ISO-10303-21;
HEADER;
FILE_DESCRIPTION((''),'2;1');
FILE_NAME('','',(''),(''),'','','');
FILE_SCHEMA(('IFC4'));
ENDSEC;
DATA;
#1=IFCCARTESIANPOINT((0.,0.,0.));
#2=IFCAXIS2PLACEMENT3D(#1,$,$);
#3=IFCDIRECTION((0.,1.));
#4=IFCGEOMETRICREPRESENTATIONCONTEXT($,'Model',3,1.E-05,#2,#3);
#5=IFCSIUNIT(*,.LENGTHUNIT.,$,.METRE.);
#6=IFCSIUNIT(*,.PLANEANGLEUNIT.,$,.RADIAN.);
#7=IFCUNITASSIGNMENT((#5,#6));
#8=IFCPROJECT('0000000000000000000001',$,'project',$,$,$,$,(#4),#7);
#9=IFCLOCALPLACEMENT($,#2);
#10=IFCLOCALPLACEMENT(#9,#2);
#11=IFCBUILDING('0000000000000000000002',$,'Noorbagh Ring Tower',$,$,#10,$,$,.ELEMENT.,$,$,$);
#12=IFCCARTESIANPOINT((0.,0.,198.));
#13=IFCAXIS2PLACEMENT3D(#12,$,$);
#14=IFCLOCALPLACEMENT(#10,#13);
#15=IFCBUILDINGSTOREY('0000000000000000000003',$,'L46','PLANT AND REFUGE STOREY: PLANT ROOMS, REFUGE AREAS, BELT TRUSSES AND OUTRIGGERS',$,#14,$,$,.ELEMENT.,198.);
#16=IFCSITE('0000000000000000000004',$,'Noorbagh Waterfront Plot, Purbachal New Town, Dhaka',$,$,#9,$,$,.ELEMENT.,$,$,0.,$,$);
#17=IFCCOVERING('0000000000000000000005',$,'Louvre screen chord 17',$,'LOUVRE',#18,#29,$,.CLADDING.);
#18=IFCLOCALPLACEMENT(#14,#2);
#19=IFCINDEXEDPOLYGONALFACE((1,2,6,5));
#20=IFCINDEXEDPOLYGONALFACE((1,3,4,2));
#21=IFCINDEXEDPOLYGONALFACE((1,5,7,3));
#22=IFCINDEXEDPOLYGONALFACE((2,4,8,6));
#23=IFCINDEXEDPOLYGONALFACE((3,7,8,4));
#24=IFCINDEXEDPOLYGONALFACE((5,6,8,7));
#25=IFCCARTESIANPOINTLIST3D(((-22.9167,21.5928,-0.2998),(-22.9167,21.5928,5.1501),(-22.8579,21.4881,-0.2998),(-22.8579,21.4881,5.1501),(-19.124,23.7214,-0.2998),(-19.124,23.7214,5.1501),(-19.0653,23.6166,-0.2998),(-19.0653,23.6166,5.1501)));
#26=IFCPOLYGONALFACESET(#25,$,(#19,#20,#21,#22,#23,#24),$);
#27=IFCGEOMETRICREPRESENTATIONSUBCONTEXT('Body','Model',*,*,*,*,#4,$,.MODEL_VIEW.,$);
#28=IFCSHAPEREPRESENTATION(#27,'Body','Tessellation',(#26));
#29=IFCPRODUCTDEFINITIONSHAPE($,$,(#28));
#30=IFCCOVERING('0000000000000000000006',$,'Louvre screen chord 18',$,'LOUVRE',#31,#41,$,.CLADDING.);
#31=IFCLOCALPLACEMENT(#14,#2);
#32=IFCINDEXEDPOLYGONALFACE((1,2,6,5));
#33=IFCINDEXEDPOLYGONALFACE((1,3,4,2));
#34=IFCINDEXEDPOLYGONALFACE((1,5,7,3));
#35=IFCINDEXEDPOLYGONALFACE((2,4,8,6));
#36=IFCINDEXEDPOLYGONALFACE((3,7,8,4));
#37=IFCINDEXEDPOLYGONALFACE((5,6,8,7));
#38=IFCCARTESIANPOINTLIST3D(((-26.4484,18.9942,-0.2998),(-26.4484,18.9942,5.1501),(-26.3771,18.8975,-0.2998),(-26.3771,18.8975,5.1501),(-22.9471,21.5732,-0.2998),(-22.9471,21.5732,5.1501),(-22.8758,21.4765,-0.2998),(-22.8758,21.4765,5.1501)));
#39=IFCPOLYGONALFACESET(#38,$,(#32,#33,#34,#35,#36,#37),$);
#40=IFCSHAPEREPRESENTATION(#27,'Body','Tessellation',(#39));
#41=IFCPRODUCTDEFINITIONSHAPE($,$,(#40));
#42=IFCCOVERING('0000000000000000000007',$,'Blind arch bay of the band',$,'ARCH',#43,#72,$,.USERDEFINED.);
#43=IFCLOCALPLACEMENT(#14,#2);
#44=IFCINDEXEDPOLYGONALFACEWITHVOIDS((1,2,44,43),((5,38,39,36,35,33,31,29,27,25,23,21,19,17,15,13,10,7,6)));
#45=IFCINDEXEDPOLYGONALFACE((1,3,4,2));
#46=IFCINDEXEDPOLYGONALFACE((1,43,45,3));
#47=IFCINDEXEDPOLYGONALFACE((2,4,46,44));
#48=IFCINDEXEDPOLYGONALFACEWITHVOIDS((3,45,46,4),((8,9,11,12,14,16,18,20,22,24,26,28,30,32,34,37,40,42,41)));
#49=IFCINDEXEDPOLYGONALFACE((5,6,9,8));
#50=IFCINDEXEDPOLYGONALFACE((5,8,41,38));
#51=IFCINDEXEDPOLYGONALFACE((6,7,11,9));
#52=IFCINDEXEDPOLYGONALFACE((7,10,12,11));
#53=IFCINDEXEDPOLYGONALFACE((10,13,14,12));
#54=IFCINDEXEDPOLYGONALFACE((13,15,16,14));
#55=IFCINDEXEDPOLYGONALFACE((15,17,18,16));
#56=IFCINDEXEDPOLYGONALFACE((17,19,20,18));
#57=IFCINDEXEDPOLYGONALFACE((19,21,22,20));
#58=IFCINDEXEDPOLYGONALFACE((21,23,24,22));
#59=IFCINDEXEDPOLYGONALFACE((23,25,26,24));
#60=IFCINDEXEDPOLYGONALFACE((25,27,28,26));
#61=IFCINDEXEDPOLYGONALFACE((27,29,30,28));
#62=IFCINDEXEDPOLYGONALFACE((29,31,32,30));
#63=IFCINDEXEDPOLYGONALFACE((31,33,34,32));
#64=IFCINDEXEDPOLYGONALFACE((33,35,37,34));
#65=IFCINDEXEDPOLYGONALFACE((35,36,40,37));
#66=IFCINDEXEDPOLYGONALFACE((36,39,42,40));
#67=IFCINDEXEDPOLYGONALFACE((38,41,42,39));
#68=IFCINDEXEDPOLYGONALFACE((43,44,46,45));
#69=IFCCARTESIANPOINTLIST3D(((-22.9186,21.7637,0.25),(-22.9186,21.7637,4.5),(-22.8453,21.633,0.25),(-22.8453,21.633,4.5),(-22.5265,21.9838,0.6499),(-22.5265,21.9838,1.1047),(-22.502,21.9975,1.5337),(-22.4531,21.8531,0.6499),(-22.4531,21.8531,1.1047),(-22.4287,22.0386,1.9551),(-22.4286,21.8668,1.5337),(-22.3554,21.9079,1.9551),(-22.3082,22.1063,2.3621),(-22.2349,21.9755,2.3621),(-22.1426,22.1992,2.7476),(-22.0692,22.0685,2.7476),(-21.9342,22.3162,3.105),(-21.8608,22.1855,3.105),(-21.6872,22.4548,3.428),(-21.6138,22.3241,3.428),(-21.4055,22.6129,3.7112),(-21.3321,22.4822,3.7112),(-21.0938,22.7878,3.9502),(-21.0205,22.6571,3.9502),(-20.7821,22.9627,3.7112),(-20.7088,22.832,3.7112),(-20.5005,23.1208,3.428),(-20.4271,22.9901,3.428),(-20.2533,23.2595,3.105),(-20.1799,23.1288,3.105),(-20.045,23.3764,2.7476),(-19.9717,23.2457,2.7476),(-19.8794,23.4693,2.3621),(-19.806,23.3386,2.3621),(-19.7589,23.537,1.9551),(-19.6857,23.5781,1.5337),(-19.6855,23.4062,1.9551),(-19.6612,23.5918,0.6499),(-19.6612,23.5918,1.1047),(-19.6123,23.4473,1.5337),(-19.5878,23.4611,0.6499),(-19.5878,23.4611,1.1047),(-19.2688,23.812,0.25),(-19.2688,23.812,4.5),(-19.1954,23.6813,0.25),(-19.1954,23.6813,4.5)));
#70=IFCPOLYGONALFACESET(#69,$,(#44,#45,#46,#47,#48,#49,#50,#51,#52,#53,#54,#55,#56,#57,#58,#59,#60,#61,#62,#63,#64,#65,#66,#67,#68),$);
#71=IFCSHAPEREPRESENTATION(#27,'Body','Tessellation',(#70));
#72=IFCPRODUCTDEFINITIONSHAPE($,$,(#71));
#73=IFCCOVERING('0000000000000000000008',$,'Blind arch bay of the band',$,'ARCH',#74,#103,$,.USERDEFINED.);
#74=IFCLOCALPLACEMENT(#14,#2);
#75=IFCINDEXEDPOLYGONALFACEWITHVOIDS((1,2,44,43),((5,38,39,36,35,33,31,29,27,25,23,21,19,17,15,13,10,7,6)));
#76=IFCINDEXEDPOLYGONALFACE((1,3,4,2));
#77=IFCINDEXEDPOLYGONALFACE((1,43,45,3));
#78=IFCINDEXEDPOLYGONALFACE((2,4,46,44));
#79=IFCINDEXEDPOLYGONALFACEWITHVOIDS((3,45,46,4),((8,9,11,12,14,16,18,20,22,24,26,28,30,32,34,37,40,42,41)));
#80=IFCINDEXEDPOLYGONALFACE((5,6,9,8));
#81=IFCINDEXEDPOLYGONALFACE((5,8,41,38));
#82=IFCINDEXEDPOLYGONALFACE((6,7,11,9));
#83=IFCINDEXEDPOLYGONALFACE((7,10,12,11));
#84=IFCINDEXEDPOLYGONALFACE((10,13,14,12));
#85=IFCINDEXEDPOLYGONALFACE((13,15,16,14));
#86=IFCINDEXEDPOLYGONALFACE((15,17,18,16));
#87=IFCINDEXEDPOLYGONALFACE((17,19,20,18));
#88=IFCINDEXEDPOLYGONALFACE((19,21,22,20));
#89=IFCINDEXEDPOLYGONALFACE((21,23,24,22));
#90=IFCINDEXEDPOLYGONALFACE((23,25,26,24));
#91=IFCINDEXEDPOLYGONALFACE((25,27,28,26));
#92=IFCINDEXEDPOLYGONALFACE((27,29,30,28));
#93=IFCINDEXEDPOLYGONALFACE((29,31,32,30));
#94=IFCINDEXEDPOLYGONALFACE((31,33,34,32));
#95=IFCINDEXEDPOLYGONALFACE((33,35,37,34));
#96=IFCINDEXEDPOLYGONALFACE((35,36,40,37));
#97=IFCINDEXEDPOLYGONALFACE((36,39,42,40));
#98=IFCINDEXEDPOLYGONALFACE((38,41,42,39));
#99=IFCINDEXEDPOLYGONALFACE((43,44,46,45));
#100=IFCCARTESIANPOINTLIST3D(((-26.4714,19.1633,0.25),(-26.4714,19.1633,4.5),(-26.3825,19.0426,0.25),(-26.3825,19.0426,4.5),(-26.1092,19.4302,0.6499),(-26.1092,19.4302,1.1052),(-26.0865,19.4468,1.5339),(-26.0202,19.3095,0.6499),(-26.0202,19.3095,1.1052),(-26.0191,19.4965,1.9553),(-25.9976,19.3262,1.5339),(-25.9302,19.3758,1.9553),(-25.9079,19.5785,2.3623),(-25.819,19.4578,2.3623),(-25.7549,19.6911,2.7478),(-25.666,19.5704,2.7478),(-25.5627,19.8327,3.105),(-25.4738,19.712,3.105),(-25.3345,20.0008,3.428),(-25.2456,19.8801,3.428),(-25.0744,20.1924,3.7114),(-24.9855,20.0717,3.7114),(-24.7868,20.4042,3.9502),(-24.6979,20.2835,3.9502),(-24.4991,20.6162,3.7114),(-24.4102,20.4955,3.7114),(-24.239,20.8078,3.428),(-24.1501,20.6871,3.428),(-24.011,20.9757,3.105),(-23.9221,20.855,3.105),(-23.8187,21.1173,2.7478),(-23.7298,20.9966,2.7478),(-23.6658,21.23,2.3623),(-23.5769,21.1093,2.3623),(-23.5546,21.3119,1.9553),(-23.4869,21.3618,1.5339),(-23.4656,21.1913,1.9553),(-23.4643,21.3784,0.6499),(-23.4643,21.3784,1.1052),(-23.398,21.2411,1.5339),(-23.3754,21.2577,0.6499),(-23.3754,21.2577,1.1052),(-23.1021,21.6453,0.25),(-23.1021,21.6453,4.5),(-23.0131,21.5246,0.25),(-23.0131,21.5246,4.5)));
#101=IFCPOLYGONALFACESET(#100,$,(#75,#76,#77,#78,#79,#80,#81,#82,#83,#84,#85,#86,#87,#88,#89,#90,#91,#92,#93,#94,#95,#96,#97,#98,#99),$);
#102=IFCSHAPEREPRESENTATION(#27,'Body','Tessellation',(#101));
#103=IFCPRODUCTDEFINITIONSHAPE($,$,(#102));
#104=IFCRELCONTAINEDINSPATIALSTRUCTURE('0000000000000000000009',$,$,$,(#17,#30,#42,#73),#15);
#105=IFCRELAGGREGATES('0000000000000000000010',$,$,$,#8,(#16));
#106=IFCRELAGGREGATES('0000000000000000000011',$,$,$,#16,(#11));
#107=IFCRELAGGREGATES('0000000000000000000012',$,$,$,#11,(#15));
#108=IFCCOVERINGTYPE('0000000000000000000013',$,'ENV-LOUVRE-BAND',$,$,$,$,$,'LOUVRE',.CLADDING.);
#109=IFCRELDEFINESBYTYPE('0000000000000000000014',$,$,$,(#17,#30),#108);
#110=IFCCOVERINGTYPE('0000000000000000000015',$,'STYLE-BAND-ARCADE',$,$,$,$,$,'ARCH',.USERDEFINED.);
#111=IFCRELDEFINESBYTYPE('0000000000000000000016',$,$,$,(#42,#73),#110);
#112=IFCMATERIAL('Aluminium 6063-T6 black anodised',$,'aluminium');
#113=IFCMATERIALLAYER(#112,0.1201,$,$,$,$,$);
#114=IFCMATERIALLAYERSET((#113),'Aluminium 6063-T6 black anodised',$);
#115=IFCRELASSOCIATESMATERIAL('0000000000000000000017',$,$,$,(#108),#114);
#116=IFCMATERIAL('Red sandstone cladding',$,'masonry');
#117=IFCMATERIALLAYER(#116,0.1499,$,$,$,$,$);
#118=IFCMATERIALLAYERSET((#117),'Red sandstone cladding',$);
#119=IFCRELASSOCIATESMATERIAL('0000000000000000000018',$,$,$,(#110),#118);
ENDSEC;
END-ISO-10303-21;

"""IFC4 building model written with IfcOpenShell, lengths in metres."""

from ifc_helpers import new_model, si_unit, direction, frame, origin, origin_2d, place, context, subcontext, project, spatial, polyline, rectangle, outline, extrude, material, layer, layer_set, type_object, element, save


model = new_model("IFC4")

# Units and contexts
model_context = context("Model", 3, precision=1e-05, world=origin(), true_north=direction((0.0, 1.0)))
body_context = subcontext(model_context, "Body", "Model", "MODEL_VIEW")
ifc_project = project(units=[si_unit("LENGTHUNIT", "METRE"), si_unit("PLANEANGLEUNIT", "RADIAN")], contexts=[model_context])

# Site, building, storey
site_placement = place(None, origin())
site = spatial("IfcSite", under=ifc_project, at=site_placement, Name="Noorbagh Waterfront Plot, Purbachal New Town, Dhaka", CompositionType="ELEMENT", RefElevation=0.0)
building_placement = place(site_placement, origin())
building = spatial("IfcBuilding", under=site, at=building_placement, Name="Noorbagh Ring Tower", CompositionType="ELEMENT")
storey_placement = place(building_placement, frame((0.0, 0.0, 198.0)))
storey = spatial("IfcBuildingStorey", under=building, at=storey_placement, Name="L46", Description="PLANT AND REFUGE STOREY: PLANT ROOMS, REFUGE AREAS, BELT TRUSSES AND OUTRIGGERS", CompositionType="ELEMENT", Elevation=198.0)

# Coverings
ifc_material_1 = material(Name="Aluminium 6063-T6 black anodised", Category="aluminium")
ifc_layer_1 = layer(ifc_material_1, 0.1201)
ifc_layer_set_1 = layer_set([ifc_layer_1], Name="Aluminium 6063-T6 black anodised")
covering_type_1 = type_object("IfcCoveringType", Name="ENV-LOUVRE-BAND", ElementType="LOUVRE", PredefinedType="CLADDING", material=ifc_layer_set_1)
covering_1_placement = place(storey_placement, frame((-20.991, 22.6047, -0.2998), z_axis=(0.0, 0.0, 1.0), x_axis=(-0.872045, -0.489426, 0.0)))
element("IfcCovering", 1, at=covering_1_placement, inside=storey, type_object=covering_type_1, Name="Louvre screen chord 17", ObjectType="LOUVRE", PredefinedType="CLADDING", context=body_context, shape_type="SweptSolid", body=[
    extrude(rectangle(XDim=4.3491, YDim=0.1201, at=origin_2d()), origin(), (0.0, 0.0, 1.0), 5.45),
])
covering_2_placement = place(storey_placement, frame((-24.6621, 20.2354, -0.2998), z_axis=(0.0, 0.0, 1.0), x_axis=(-0.805153, -0.593067, 0.0)))
element("IfcCovering", 2, at=covering_2_placement, inside=storey, type_object=covering_type_1, Name="Louvre screen chord 18", ObjectType="LOUVRE", PredefinedType="CLADDING", context=body_context, shape_type="SweptSolid", body=[
    extrude(rectangle(XDim=4.3486, YDim=0.1201, at=origin_2d()), origin(), (0.0, 0.0, 1.0), 5.45),
])
ifc_material_2 = material(Name="Red sandstone cladding", Category="masonry")
ifc_layer_2 = layer(ifc_material_2, 0.1499)
ifc_layer_set_2 = layer_set([ifc_layer_2], Name="Red sandstone cladding")
covering_type_2 = type_object("IfcCoveringType", Name="STYLE-BAND-ARCADE", ElementType="ARCH", PredefinedType="USERDEFINED", material=ifc_layer_set_2)
covering_3_placement = place(storey_placement, frame((-19.2688, 23.812, 0.25), z_axis=(-0.489402, 0.872058, 0.0), x_axis=(-0.872058, -0.489402, 0.0)))
element("IfcCovering", 3, at=covering_3_placement, inside=storey, type_object=covering_type_2, Name="Blind arch bay of the band", ObjectType="ARCH", PredefinedType="USERDEFINED", context=body_context, shape_type="SweptSolid", body=[
    extrude(outline(polyline([(0.0, 0.0), (4.1853, 0.0), (4.1853, 4.25), (0.0, 4.25), (0.0, 0.0)]), holes=[polyline([(0.45, 0.3999), (0.45, 0.8547), (0.478, 1.2837), (0.562, 1.7051), (0.7002, 2.1121), (0.8901, 2.4976), (1.1289, 2.855), (1.4124, 3.178), (1.7354, 3.4612), (2.0928, 3.7002), (2.4502, 3.4612), (2.7732, 3.178), (3.0564, 2.855), (3.2954, 2.4976), (3.4854, 2.1121), (3.6235, 1.7051), (3.7075, 1.2837), (3.7356, 0.8547), (3.7356, 0.3999), (0.45, 0.3999)])]), origin(), (0.0, 0.0, -1.0), 0.1499),
])
covering_4_placement = place(storey_placement, frame((-23.1021, 21.6453, 0.25), z_axis=(-0.59308, 0.805144, 0.0), x_axis=(-0.805144, -0.59308, 0.0)))
element("IfcCovering", 4, at=covering_4_placement, inside=storey, type_object=covering_type_2, Name="Blind arch bay of the band", ObjectType="ARCH", PredefinedType="USERDEFINED", context=body_context, shape_type="SweptSolid", body=[
    extrude(outline(polyline([(0.0, 0.0), (4.1848, 0.0), (4.1848, 4.25), (0.0, 4.25), (0.0, 0.0)]), holes=[polyline([(0.45, 0.3999), (0.45, 0.8552), (0.478, 1.2839), (0.562, 1.7053), (0.7002, 2.1123), (0.8901, 2.4978), (1.1289, 2.855), (1.4121, 3.178), (1.7351, 3.4614), (2.0925, 3.7002), (2.4497, 3.4614), (2.7727, 3.178), (3.0562, 2.855), (3.2949, 2.4978), (3.4849, 2.1123), (3.623, 1.7053), (3.7068, 1.2839), (3.7349, 0.8552), (3.7349, 0.3999), (0.45, 0.3999)])]), origin(), (0.0, 0.0, -1.0), 0.1499),
])

save(model, "model.ifc")
